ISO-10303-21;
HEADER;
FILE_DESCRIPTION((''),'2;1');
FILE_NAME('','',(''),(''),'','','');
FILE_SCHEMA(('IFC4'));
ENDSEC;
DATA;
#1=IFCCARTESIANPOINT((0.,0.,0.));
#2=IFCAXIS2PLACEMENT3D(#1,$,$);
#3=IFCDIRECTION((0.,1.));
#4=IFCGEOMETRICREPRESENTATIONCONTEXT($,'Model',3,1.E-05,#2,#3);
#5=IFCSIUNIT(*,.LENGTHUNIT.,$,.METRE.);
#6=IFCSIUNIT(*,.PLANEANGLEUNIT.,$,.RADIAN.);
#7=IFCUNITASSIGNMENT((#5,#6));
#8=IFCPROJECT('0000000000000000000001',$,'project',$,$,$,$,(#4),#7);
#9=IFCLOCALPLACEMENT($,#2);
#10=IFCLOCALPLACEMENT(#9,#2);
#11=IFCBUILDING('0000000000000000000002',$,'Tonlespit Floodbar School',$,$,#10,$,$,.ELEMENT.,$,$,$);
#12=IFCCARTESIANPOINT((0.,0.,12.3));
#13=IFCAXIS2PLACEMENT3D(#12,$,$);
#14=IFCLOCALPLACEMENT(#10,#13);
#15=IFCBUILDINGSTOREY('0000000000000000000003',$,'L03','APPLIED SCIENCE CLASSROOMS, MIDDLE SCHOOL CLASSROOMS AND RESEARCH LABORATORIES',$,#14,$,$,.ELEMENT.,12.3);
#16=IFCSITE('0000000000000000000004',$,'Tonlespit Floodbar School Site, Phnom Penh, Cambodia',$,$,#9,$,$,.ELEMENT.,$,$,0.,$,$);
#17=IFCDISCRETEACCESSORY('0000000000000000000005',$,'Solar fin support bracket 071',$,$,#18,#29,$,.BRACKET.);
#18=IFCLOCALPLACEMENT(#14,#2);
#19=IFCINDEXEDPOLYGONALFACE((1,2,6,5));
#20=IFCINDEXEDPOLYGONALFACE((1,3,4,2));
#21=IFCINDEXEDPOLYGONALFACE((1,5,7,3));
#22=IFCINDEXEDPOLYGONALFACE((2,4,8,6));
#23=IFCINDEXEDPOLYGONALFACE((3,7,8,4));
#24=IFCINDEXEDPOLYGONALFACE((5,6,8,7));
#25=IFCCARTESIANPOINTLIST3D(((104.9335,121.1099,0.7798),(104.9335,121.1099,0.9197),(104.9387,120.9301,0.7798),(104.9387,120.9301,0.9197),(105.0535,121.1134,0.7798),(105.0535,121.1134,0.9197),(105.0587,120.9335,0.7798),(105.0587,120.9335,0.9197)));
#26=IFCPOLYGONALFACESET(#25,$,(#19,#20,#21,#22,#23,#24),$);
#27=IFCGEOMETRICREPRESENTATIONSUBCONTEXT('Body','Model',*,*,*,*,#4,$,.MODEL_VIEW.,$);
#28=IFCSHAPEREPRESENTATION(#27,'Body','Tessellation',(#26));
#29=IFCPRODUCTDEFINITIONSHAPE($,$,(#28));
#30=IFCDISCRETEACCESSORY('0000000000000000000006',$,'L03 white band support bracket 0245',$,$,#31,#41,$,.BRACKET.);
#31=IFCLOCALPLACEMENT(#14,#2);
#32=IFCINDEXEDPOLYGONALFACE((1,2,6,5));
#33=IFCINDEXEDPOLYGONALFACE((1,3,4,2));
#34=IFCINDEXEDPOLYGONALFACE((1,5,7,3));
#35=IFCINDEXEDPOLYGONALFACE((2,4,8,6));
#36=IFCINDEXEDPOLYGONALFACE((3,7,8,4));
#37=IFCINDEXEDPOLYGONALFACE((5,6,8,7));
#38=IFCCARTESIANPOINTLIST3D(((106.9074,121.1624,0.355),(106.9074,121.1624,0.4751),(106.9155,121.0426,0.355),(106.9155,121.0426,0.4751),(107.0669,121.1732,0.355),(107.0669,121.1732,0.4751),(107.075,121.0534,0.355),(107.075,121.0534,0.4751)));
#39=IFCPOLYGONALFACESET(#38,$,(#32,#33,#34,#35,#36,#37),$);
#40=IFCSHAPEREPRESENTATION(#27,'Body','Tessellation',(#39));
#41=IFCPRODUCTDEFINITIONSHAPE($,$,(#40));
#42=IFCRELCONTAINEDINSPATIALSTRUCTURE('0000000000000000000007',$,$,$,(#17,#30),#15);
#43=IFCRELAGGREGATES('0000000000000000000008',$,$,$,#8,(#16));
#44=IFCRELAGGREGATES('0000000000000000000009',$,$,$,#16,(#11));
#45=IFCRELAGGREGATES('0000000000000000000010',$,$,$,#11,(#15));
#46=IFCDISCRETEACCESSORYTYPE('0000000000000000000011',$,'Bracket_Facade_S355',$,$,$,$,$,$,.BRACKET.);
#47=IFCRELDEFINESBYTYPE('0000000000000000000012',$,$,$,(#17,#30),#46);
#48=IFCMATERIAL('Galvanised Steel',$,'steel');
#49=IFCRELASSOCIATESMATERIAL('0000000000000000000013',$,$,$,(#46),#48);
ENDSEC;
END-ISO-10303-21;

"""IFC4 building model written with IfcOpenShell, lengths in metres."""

from ifc_helpers import new_model, si_unit, direction, frame, origin, origin_2d, place, context, subcontext, project, spatial, rectangle, extrude, material, type_object, element, save


model = new_model("IFC4")

# Units and contexts
model_context = context("Model", 3, precision=1e-05, world=origin(), true_north=direction((0.0, 1.0)))
body_context = subcontext(model_context, "Body", "Model", "MODEL_VIEW")
ifc_project = project(units=[si_unit("LENGTHUNIT", "METRE"), si_unit("PLANEANGLEUNIT", "RADIAN")], contexts=[model_context])

# Site, building, storey
site_placement = place(None, origin())
site = spatial("IfcSite", under=ifc_project, at=site_placement, Name="Tonlespit Floodbar School Site, Phnom Penh, Cambodia", CompositionType="ELEMENT", RefElevation=0.0)
building_placement = place(site_placement, origin())
building = spatial("IfcBuilding", under=site, at=building_placement, Name="Tonlespit Floodbar School", CompositionType="ELEMENT")
storey_placement = place(building_placement, frame((0.0, 0.0, 12.3)))
storey = spatial("IfcBuildingStorey", under=building, at=storey_placement, Name="L03", Description="APPLIED SCIENCE CLASSROOMS, MIDDLE SCHOOL CLASSROOMS AND RESEARCH LABORATORIES", CompositionType="ELEMENT", Elevation=12.3)

# Discrete accessories
ifc_material_1 = material(Name="Galvanised Steel", Category="steel")
discrete_accessory_type = type_object("IfcDiscreteAccessoryType", Name="Bracket_Facade_S355", PredefinedType="BRACKET", material=ifc_material_1)
discrete_accessory_1_placement = place(storey_placement, frame((104.9961, 121.0217, 0.7798), z_axis=(0.0, 0.0, 1.0), x_axis=(0.999584, 0.028838, 0.0)))
element("IfcDiscreteAccessory", 1, at=discrete_accessory_1_placement, inside=storey, type_object=discrete_accessory_type, Name="Solar fin support bracket 071", PredefinedType="BRACKET", context=body_context, shape_type="SweptSolid", body=[
    extrude(rectangle(XDim=0.1201, YDim=0.1799, at=origin_2d()), origin(), (0.0, 0.0, 1.0), 0.1399),
])
discrete_accessory_2_placement = place(storey_placement, frame((106.9912, 121.1079, 0.355), z_axis=(0.0, 0.0, 1.0), x_axis=(0.99773, 0.067347, 0.0)))
element("IfcDiscreteAccessory", 2, at=discrete_accessory_2_placement, inside=storey, type_object=discrete_accessory_type, Name="L03 white band support bracket 0245", PredefinedType="BRACKET", context=body_context, shape_type="SweptSolid", body=[
    extrude(rectangle(XDim=0.1599, YDim=0.1201, at=origin_2d()), origin(), (0.0, 0.0, 1.0), 0.1201),
])

save(model, "model.ifc")
